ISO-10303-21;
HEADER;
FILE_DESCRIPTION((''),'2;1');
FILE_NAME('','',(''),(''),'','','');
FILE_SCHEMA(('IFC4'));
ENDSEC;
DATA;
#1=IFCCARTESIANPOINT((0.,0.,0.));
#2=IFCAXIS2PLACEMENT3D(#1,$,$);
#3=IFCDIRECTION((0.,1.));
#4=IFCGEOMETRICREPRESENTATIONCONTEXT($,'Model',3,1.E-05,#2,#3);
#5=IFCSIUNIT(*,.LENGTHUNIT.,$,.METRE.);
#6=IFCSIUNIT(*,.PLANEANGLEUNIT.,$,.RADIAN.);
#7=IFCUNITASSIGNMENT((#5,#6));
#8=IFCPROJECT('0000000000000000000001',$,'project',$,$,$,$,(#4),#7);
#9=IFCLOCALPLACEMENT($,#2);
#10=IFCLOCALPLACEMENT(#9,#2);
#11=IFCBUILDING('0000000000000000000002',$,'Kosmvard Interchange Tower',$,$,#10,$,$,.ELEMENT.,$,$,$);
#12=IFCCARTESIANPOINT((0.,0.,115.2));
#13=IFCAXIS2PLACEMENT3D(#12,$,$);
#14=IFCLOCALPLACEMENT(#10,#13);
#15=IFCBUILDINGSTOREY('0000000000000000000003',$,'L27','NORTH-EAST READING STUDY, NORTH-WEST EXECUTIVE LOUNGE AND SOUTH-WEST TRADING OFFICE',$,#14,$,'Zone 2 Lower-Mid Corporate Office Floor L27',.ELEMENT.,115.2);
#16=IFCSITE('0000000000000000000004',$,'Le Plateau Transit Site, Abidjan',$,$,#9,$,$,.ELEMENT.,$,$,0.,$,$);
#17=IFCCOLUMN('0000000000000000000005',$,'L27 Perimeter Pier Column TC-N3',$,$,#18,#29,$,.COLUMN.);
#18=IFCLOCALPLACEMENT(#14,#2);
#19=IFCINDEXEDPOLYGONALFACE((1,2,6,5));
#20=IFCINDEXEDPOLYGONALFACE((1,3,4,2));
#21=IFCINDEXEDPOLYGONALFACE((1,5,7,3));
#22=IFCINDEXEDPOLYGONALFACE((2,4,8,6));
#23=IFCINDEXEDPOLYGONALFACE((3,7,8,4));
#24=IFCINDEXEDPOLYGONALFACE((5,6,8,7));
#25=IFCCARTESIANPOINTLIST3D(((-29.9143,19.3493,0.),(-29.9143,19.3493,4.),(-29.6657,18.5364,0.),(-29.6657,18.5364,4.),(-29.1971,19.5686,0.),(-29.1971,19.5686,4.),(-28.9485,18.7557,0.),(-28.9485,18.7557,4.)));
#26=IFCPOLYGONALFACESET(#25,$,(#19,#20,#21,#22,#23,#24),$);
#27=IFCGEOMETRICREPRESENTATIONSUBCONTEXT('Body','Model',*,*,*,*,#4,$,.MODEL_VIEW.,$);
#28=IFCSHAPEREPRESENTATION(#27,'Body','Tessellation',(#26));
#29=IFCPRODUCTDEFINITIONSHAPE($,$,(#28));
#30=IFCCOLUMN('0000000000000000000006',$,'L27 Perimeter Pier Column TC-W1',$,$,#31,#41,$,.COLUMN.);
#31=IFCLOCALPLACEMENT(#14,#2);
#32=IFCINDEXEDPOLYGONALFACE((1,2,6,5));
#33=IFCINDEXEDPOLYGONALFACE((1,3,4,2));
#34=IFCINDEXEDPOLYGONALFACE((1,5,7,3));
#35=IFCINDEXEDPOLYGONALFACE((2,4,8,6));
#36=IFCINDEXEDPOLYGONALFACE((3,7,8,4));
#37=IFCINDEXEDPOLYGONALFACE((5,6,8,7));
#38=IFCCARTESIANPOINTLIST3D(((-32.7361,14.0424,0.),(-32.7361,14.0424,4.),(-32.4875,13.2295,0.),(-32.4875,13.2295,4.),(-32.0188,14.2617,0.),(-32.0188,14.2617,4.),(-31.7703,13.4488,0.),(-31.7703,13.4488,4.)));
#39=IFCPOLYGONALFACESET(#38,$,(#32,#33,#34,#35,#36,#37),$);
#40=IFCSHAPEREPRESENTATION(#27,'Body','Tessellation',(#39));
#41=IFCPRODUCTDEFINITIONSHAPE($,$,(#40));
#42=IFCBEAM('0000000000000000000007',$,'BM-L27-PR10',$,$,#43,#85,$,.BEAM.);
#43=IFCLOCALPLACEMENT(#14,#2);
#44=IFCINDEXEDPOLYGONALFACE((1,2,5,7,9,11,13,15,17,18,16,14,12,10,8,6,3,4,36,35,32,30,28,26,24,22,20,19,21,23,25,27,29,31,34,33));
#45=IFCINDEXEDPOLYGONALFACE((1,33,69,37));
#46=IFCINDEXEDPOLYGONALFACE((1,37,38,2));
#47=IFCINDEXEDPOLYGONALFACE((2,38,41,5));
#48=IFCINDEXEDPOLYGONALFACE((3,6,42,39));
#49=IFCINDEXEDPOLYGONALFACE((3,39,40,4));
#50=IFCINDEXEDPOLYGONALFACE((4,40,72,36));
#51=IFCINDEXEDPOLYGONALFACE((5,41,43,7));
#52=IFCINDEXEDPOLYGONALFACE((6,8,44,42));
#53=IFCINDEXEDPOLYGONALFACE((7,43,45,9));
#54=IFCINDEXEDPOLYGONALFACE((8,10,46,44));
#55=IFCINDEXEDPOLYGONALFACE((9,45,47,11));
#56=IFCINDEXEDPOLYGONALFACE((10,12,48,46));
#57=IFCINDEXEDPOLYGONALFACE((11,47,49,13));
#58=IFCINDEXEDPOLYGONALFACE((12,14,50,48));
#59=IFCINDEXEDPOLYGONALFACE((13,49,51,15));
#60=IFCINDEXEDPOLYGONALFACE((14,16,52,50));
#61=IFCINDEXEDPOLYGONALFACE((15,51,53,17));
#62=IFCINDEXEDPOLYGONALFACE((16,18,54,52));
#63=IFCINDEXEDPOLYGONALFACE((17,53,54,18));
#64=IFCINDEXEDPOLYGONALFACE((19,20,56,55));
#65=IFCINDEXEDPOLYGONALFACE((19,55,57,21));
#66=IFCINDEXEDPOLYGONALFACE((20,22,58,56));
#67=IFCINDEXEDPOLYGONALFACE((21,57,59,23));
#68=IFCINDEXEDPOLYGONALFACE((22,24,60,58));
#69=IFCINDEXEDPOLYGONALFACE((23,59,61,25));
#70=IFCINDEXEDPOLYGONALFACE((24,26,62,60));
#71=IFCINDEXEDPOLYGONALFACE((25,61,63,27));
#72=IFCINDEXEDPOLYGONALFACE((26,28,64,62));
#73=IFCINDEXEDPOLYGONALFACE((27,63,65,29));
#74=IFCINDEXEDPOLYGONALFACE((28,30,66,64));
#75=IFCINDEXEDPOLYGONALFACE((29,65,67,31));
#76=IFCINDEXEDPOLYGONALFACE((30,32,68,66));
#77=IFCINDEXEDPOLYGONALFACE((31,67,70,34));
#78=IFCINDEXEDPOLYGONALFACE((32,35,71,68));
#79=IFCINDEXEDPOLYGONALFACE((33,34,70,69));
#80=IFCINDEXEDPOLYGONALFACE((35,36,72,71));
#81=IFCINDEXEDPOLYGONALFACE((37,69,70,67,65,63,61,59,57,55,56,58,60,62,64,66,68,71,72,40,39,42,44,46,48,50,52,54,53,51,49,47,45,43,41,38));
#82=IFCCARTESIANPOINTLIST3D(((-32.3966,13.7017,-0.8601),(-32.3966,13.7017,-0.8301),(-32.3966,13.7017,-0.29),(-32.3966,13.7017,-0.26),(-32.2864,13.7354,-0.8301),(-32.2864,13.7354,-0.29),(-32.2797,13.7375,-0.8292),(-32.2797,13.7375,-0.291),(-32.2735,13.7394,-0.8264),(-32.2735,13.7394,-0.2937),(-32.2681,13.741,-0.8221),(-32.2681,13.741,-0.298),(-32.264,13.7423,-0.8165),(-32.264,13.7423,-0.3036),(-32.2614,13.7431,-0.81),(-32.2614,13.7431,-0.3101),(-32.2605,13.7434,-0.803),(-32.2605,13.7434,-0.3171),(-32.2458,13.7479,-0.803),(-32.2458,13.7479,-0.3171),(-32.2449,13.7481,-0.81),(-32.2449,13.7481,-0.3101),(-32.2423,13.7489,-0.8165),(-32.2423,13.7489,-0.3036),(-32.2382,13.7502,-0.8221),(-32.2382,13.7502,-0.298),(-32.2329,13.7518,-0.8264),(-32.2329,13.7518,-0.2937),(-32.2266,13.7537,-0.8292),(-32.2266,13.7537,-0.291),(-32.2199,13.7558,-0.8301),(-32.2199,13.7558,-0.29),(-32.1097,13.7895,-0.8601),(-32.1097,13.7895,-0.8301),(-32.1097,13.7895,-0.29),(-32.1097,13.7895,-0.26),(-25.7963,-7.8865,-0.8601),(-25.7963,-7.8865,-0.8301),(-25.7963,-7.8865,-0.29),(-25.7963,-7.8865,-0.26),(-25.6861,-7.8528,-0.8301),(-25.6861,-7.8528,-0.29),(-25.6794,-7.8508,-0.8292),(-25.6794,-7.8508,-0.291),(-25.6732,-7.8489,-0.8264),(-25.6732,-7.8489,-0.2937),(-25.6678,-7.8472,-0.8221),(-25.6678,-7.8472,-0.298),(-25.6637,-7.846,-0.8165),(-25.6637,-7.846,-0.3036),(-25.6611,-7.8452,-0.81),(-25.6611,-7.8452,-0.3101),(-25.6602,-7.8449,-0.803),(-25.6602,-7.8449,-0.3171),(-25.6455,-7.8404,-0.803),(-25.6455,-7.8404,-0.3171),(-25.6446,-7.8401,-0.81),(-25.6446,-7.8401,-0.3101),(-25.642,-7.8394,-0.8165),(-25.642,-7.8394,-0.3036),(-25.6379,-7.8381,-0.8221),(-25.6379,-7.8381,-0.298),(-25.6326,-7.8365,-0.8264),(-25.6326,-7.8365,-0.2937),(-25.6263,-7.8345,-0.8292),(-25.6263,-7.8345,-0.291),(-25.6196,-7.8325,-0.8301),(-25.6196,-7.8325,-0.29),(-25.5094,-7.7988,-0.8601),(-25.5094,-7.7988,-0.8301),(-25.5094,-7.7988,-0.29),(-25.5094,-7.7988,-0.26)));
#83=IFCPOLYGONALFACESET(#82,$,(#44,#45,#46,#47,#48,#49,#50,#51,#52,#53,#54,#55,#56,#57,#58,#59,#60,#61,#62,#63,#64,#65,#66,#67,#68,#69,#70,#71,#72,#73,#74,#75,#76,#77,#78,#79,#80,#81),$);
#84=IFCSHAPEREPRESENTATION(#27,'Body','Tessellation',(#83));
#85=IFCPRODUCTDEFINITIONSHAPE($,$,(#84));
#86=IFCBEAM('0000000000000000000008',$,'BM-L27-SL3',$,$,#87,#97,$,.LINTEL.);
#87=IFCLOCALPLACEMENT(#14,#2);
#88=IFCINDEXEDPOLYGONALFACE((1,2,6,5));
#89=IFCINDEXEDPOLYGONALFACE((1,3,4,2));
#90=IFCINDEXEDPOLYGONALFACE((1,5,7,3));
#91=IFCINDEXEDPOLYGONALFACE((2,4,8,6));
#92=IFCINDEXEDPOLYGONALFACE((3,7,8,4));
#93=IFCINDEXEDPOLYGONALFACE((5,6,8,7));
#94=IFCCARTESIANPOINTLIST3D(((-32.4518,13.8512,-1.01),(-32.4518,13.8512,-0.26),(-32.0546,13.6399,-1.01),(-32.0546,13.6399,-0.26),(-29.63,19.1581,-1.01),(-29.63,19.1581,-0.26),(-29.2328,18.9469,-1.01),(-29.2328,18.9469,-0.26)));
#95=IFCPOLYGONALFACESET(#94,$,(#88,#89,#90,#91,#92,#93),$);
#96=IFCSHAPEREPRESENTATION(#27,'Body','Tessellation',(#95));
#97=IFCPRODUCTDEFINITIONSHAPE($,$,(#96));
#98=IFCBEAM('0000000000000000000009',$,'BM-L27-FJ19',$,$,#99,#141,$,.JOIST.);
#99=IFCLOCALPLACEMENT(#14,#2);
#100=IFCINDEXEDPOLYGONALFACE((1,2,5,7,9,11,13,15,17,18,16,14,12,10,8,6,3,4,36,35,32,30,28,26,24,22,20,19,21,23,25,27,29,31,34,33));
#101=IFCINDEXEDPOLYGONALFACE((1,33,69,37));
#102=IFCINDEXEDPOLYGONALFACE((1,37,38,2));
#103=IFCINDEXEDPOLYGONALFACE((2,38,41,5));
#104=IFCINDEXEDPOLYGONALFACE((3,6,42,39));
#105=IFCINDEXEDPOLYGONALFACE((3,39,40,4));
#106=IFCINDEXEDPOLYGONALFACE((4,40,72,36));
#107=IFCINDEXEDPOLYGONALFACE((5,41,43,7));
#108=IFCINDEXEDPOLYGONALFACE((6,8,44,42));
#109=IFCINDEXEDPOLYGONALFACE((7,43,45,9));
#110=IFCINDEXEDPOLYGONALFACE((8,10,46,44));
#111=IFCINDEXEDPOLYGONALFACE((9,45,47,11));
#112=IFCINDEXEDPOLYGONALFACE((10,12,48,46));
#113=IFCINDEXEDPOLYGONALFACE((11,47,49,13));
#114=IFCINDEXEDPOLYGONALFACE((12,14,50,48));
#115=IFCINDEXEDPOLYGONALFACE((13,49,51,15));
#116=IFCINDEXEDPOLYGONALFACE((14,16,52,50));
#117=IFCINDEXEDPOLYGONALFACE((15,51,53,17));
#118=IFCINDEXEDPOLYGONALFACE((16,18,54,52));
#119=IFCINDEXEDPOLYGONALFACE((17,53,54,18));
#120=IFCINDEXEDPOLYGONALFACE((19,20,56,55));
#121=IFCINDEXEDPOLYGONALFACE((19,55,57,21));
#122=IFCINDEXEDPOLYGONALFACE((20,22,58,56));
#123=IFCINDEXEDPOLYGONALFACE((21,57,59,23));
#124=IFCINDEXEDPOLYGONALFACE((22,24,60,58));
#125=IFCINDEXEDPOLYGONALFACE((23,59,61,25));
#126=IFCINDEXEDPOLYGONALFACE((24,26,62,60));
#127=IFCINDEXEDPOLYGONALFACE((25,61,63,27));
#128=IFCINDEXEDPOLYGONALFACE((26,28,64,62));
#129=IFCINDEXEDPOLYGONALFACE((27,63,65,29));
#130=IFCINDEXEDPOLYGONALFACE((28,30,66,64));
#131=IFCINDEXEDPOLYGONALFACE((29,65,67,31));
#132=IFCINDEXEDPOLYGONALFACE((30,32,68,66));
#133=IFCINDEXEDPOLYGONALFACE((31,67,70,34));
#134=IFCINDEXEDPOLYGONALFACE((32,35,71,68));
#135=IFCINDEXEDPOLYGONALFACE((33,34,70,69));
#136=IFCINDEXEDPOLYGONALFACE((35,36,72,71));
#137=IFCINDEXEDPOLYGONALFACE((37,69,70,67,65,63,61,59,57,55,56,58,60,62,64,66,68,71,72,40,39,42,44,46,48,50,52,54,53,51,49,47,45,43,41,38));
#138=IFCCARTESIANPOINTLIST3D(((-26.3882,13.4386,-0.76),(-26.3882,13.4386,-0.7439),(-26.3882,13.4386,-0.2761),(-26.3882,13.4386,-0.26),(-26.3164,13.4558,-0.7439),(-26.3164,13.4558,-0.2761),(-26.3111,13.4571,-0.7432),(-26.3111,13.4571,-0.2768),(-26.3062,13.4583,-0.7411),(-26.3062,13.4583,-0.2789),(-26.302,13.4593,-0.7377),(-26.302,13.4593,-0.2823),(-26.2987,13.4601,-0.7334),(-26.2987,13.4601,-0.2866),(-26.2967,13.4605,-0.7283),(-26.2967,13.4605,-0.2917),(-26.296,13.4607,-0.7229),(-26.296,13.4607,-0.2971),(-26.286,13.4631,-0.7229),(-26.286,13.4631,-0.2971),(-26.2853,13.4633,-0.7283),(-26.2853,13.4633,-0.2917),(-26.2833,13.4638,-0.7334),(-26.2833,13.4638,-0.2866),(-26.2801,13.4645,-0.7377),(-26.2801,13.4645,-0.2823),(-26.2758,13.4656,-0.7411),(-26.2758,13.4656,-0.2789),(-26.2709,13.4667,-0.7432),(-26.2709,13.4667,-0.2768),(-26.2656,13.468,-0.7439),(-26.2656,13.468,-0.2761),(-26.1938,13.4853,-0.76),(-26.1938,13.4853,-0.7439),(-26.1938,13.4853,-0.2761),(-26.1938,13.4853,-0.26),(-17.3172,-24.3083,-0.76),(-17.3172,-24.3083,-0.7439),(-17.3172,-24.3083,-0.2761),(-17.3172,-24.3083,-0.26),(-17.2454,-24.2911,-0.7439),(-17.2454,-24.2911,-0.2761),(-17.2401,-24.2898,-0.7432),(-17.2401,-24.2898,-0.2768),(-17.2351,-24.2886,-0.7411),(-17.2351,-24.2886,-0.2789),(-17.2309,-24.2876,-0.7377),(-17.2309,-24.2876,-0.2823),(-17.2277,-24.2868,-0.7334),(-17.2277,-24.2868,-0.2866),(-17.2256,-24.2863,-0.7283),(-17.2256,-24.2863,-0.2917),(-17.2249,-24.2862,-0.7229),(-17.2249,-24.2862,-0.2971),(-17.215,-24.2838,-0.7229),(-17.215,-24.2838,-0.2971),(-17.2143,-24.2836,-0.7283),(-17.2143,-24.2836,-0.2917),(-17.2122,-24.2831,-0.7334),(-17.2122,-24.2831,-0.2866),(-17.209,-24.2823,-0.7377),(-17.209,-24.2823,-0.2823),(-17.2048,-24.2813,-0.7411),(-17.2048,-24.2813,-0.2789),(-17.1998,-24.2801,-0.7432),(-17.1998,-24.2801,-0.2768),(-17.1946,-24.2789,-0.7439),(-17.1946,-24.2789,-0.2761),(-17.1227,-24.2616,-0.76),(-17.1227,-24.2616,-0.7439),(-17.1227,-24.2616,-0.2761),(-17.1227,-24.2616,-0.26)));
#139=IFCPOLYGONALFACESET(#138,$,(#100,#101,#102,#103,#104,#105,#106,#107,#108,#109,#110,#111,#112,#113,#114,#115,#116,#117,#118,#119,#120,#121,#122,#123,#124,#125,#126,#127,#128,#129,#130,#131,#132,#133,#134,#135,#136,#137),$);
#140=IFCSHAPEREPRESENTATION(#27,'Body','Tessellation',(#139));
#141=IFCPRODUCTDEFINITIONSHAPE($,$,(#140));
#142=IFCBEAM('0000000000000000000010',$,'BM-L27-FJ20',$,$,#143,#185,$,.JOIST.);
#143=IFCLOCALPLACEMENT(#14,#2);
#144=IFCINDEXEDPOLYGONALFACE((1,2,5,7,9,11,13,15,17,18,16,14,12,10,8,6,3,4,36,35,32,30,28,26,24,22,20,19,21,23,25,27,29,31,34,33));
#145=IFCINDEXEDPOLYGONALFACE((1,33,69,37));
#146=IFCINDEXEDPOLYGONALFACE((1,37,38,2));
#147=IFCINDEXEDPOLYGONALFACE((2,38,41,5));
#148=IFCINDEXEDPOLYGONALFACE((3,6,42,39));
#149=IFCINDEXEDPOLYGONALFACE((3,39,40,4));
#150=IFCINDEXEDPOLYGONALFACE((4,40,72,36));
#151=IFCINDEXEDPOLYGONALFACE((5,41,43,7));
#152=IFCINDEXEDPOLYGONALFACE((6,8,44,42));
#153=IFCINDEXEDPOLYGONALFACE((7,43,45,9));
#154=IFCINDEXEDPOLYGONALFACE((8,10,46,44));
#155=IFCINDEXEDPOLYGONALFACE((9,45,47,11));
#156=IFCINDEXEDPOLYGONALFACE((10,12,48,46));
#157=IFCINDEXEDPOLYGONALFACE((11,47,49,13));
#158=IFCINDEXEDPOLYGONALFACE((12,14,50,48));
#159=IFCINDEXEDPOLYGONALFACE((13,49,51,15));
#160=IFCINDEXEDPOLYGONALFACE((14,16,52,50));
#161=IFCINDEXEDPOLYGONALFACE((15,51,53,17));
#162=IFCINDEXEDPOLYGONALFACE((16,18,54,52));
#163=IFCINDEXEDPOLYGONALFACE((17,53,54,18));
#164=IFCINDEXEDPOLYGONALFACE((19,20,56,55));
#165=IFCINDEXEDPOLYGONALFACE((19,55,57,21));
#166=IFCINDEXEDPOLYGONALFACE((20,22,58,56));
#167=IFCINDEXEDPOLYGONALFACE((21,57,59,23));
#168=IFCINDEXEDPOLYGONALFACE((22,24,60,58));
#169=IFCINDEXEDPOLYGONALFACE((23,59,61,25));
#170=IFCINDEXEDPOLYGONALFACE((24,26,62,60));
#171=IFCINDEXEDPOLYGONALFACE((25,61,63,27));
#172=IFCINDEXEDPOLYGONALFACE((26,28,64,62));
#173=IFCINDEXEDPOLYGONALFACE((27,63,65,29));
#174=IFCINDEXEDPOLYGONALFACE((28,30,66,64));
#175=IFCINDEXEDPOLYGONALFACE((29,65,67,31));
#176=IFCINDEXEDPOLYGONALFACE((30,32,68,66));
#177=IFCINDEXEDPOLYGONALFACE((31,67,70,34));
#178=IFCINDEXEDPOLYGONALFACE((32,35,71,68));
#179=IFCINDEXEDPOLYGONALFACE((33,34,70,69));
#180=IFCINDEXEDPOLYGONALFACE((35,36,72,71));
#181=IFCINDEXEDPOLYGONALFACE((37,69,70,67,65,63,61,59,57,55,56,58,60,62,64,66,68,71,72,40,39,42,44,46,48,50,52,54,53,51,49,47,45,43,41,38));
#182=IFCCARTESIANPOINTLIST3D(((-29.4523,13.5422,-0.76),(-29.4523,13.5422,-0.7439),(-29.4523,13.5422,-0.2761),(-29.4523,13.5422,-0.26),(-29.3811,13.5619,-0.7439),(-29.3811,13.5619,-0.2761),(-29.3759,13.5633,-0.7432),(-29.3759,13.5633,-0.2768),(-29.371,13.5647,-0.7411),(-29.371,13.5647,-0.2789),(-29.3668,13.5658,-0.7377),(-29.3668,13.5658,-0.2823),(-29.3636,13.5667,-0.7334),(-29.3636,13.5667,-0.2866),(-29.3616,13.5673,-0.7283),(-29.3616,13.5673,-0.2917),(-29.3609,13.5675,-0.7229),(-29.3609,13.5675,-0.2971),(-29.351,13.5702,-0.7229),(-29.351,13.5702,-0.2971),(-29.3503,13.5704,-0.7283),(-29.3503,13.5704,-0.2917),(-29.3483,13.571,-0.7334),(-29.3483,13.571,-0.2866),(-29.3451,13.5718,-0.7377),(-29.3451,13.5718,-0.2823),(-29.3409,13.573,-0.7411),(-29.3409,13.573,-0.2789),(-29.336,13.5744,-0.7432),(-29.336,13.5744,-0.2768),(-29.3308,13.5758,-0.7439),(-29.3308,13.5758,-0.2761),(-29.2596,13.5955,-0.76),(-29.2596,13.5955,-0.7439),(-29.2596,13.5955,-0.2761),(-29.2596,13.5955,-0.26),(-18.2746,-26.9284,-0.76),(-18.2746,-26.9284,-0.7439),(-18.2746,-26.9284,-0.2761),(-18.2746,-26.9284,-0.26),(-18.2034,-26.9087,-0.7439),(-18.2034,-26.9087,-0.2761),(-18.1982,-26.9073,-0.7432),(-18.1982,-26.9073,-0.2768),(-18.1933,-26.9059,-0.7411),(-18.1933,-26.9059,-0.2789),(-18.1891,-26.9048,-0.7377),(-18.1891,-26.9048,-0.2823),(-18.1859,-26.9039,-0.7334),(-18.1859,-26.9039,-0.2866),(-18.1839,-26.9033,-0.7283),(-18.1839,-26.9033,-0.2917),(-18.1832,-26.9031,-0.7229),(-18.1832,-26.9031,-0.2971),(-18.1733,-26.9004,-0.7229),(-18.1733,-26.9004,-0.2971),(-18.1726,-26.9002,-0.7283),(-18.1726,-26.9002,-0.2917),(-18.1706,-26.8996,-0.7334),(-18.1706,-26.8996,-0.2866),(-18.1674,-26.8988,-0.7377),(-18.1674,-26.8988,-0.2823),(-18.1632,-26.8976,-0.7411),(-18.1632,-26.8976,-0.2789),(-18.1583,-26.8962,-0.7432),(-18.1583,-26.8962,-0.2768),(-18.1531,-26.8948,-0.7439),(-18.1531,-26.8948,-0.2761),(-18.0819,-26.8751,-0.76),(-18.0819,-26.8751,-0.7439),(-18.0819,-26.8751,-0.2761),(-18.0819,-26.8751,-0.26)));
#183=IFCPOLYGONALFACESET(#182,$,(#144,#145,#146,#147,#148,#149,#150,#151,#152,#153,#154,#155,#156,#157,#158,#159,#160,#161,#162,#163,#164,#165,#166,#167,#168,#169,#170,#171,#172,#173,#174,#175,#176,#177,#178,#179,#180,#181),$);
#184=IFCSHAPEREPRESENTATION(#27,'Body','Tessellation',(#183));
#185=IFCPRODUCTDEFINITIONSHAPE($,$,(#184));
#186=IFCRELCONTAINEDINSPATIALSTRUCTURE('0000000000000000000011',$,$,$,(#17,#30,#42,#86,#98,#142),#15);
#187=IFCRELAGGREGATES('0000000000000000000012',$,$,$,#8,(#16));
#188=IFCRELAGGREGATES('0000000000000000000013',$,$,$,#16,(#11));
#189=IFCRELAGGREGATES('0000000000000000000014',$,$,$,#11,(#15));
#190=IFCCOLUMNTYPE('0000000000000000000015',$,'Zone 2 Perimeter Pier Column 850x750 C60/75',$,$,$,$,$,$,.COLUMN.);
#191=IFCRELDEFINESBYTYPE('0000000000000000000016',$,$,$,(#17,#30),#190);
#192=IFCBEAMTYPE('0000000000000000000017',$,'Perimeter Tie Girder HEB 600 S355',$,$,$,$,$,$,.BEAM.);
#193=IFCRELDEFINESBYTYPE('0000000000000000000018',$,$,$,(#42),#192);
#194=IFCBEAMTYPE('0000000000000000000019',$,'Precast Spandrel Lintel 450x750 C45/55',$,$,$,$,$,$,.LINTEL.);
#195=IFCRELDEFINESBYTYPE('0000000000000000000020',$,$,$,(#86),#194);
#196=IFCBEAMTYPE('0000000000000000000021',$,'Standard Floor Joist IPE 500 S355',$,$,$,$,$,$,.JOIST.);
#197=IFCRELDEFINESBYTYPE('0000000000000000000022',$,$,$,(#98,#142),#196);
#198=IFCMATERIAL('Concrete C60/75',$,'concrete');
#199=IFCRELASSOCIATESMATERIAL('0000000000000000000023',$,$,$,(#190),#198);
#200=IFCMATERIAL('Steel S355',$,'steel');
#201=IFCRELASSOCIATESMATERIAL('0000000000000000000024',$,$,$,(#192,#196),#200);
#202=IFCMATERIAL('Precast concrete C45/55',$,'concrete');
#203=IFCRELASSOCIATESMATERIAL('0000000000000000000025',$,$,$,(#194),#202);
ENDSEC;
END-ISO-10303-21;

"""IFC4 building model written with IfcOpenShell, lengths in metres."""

from ifc_helpers import new_model, si_unit, direction, frame, origin, origin_2d, place, context, subcontext, project, spatial, rectangle, i_section, extrude, source, transform, mapped, material, material_profile, profile_set, type_object, element, save


model = new_model("IFC4")

# Units and contexts
model_context = context("Model", 3, precision=1e-05, world=origin(), true_north=direction((0.0, 1.0)))
body_context = subcontext(model_context, "Body", "Model", "MODEL_VIEW")
ifc_project = project(units=[si_unit("LENGTHUNIT", "METRE"), si_unit("PLANEANGLEUNIT", "RADIAN")], contexts=[model_context])

# Site, building, storey
site_placement = place(None, origin())
site = spatial("IfcSite", under=ifc_project, at=site_placement, Name="Le Plateau Transit Site, Abidjan", CompositionType="ELEMENT", RefElevation=0.0)
building_placement = place(site_placement, origin())
building = spatial("IfcBuilding", under=site, at=building_placement, Name="Kosmvard Interchange Tower", CompositionType="ELEMENT")
storey_placement = place(building_placement, frame((0.0, 0.0, 115.2)))
storey = spatial("IfcBuildingStorey", under=building, at=storey_placement, Name="L27", Description="NORTH-EAST READING STUDY, NORTH-WEST EXECUTIVE LOUNGE AND SOUTH-WEST TRADING OFFICE", LongName="Zone 2 Lower-Mid Corporate Office Floor L27", CompositionType="ELEMENT", Elevation=115.2)

# Columns
ifc_material_1 = material(Name="Concrete C60/75", Category="concrete")
ifc_material_profile_1 = material_profile(ifc_material_1, rectangle(XDim=0.75, YDim=0.8501, at=origin_2d()), Name="TC 850x750")
ifc_profile_set_1 = profile_set([ifc_material_profile_1], Name="Concrete C60/75")
column_type = type_object("IfcColumnType", Name="Zone 2 Perimeter Pier Column 850x750 C60/75", PredefinedType="COLUMN", material=ifc_profile_set_1)
shared_shape_1 = source(origin(), body_context, "Body", "SweptSolid", [
    extrude(rectangle(XDim=0.75, YDim=0.8501, at=origin_2d()), origin(), (0.0, 0.0, 1.0), 4.0),
])
for number, where, z_axis, x_axis, name in (
    (1, (-29.4314, 19.0525, 0.0), (0.0, 0.0, 1.0), (0.956305, 0.292372, 0.0), "L27 Perimeter Pier Column TC-N3"),
    (2, (-32.2532, 13.7456, 0.0), (0.0, 0.0, 1.0), (0.956305, 0.292372, 0.0), "L27 Perimeter Pier Column TC-W1"),
):
    element("IfcColumn", number, at=place(storey_placement, frame(where, z_axis=z_axis, x_axis=x_axis)), inside=storey, type_object=column_type, Name=name, PredefinedType="COLUMN", context=body_context, shape_type="MappedRepresentation", body=[
        mapped(shared_shape_1, transform((0.0, 0.0, 0.0), scale=1.0)),
    ])

# Beams
ifc_material_2 = material(Name="Steel S355", Category="steel")
ifc_material_profile_2 = material_profile(ifc_material_2, i_section(OverallWidth=0.3, OverallDepth=0.6001, WebThickness=0.0154, FlangeThickness=0.03, FilletRadius=0.0271, at=origin_2d()), Name="HEB 600")
ifc_profile_set_2 = profile_set([ifc_material_profile_2], Name="Steel S355")
beam_type_1 = type_object("IfcBeamType", Name="Perimeter Tie Girder HEB 600 S355", PredefinedType="BEAM", material=ifc_profile_set_2)
shared_shape_2 = source(origin(), body_context, "Body", "SweptSolid", [
    extrude(i_section(OverallWidth=0.3, OverallDepth=0.6001, WebThickness=0.0154, FlangeThickness=0.03, FilletRadius=0.0271, at=origin_2d()), origin(), (0.0, 0.0, 1.0), 22.5747),
])
beam_1_placement = place(storey_placement, frame((-32.2532, 13.7456, -0.5601), z_axis=(0.292376, -0.956303, 0.0), x_axis=(0.956303, 0.292376, 0.0)))
element("IfcBeam", 3, at=beam_1_placement, inside=storey, type_object=beam_type_1, Name="BM-L27-PR10", PredefinedType="BEAM", context=body_context, shape_type="MappedRepresentation", body=[
    mapped(shared_shape_2, transform((0.0, 0.0, 0.0), scale=1.0)),
])
ifc_material_3 = material(Name="Precast concrete C45/55", Category="concrete")
ifc_material_profile_3 = material_profile(ifc_material_3, rectangle(XDim=0.45, YDim=0.75, at=origin_2d()), Name="SL 450x750")
ifc_profile_set_3 = profile_set([ifc_material_profile_3], Name="Precast concrete C45/55")
beam_type_2 = type_object("IfcBeamType", Name="Precast Spandrel Lintel 450x750 C45/55", PredefinedType="LINTEL", material=ifc_profile_set_3)
shared_shape_3 = source(origin(), body_context, "Body", "SweptSolid", [
    extrude(rectangle(XDim=0.45, YDim=0.75, at=origin_2d()), origin(), (0.0, 0.0, 1.0), 6.0105),
])
beam_2_placement = place(storey_placement, frame((-29.4314, 19.0525, -0.635), z_axis=(-0.469479, -0.882944, 0.0), x_axis=(0.882944, -0.469479, 0.0)))
element("IfcBeam", 4, at=beam_2_placement, inside=storey, type_object=beam_type_2, Name="BM-L27-SL3", PredefinedType="LINTEL", context=body_context, shape_type="MappedRepresentation", body=[
    mapped(shared_shape_3, transform((0.0, 0.0, 0.0), scale=1.0)),
])
ifc_material_profile_4 = material_profile(ifc_material_2, i_section(OverallWidth=0.2, OverallDepth=0.5, WebThickness=0.0103, FlangeThickness=0.0161, FilletRadius=0.021, at=origin_2d()), Name="IPE 500")
ifc_profile_set_4 = profile_set([ifc_material_profile_4], Name="Steel S355")
beam_type_3 = type_object("IfcBeamType", Name="Standard Floor Joist IPE 500 S355", PredefinedType="JOIST", material=ifc_profile_set_4)
shared_shape_4 = source(origin(), body_context, "Body", "SweptSolid", [
    extrude(i_section(OverallWidth=0.2, OverallDepth=0.5, WebThickness=0.0103, FlangeThickness=0.0161, FilletRadius=0.021, at=origin_2d()), origin(), (0.0, 0.0, 1.0), 38.8215),
])
beam_3_placement = place(storey_placement, frame((-26.291, 13.4619, -0.51), z_axis=(0.233661, -0.972318, 0.0), x_axis=(0.972318, 0.233661, 0.0)))
element("IfcBeam", 5, at=beam_3_placement, inside=storey, type_object=beam_type_3, Name="BM-L27-FJ19", PredefinedType="JOIST", context=body_context, shape_type="MappedRepresentation", body=[
    mapped(shared_shape_4, transform((0.0, 0.0, 0.0), scale=1.0)),
])
shared_shape_5 = source(origin(), body_context, "Body", "SweptSolid", [
    extrude(i_section(OverallWidth=0.2, OverallDepth=0.5, WebThickness=0.0103, FlangeThickness=0.0161, FilletRadius=0.021, at=origin_2d()), origin(), (0.0, 0.0, 1.0), 41.9858),
])
beam_4_placement = place(storey_placement, frame((-29.356, 13.5688, -0.51), z_axis=(0.266226, -0.963911, 0.0), x_axis=(0.963911, 0.266226, 0.0)))
element("IfcBeam", 6, at=beam_4_placement, inside=storey, type_object=beam_type_3, Name="BM-L27-FJ20", PredefinedType="JOIST", context=body_context, shape_type="MappedRepresentation", body=[
    mapped(shared_shape_5, transform((0.0, 0.0, 0.0), scale=1.0)),
])

save(model, "model.ifc")
